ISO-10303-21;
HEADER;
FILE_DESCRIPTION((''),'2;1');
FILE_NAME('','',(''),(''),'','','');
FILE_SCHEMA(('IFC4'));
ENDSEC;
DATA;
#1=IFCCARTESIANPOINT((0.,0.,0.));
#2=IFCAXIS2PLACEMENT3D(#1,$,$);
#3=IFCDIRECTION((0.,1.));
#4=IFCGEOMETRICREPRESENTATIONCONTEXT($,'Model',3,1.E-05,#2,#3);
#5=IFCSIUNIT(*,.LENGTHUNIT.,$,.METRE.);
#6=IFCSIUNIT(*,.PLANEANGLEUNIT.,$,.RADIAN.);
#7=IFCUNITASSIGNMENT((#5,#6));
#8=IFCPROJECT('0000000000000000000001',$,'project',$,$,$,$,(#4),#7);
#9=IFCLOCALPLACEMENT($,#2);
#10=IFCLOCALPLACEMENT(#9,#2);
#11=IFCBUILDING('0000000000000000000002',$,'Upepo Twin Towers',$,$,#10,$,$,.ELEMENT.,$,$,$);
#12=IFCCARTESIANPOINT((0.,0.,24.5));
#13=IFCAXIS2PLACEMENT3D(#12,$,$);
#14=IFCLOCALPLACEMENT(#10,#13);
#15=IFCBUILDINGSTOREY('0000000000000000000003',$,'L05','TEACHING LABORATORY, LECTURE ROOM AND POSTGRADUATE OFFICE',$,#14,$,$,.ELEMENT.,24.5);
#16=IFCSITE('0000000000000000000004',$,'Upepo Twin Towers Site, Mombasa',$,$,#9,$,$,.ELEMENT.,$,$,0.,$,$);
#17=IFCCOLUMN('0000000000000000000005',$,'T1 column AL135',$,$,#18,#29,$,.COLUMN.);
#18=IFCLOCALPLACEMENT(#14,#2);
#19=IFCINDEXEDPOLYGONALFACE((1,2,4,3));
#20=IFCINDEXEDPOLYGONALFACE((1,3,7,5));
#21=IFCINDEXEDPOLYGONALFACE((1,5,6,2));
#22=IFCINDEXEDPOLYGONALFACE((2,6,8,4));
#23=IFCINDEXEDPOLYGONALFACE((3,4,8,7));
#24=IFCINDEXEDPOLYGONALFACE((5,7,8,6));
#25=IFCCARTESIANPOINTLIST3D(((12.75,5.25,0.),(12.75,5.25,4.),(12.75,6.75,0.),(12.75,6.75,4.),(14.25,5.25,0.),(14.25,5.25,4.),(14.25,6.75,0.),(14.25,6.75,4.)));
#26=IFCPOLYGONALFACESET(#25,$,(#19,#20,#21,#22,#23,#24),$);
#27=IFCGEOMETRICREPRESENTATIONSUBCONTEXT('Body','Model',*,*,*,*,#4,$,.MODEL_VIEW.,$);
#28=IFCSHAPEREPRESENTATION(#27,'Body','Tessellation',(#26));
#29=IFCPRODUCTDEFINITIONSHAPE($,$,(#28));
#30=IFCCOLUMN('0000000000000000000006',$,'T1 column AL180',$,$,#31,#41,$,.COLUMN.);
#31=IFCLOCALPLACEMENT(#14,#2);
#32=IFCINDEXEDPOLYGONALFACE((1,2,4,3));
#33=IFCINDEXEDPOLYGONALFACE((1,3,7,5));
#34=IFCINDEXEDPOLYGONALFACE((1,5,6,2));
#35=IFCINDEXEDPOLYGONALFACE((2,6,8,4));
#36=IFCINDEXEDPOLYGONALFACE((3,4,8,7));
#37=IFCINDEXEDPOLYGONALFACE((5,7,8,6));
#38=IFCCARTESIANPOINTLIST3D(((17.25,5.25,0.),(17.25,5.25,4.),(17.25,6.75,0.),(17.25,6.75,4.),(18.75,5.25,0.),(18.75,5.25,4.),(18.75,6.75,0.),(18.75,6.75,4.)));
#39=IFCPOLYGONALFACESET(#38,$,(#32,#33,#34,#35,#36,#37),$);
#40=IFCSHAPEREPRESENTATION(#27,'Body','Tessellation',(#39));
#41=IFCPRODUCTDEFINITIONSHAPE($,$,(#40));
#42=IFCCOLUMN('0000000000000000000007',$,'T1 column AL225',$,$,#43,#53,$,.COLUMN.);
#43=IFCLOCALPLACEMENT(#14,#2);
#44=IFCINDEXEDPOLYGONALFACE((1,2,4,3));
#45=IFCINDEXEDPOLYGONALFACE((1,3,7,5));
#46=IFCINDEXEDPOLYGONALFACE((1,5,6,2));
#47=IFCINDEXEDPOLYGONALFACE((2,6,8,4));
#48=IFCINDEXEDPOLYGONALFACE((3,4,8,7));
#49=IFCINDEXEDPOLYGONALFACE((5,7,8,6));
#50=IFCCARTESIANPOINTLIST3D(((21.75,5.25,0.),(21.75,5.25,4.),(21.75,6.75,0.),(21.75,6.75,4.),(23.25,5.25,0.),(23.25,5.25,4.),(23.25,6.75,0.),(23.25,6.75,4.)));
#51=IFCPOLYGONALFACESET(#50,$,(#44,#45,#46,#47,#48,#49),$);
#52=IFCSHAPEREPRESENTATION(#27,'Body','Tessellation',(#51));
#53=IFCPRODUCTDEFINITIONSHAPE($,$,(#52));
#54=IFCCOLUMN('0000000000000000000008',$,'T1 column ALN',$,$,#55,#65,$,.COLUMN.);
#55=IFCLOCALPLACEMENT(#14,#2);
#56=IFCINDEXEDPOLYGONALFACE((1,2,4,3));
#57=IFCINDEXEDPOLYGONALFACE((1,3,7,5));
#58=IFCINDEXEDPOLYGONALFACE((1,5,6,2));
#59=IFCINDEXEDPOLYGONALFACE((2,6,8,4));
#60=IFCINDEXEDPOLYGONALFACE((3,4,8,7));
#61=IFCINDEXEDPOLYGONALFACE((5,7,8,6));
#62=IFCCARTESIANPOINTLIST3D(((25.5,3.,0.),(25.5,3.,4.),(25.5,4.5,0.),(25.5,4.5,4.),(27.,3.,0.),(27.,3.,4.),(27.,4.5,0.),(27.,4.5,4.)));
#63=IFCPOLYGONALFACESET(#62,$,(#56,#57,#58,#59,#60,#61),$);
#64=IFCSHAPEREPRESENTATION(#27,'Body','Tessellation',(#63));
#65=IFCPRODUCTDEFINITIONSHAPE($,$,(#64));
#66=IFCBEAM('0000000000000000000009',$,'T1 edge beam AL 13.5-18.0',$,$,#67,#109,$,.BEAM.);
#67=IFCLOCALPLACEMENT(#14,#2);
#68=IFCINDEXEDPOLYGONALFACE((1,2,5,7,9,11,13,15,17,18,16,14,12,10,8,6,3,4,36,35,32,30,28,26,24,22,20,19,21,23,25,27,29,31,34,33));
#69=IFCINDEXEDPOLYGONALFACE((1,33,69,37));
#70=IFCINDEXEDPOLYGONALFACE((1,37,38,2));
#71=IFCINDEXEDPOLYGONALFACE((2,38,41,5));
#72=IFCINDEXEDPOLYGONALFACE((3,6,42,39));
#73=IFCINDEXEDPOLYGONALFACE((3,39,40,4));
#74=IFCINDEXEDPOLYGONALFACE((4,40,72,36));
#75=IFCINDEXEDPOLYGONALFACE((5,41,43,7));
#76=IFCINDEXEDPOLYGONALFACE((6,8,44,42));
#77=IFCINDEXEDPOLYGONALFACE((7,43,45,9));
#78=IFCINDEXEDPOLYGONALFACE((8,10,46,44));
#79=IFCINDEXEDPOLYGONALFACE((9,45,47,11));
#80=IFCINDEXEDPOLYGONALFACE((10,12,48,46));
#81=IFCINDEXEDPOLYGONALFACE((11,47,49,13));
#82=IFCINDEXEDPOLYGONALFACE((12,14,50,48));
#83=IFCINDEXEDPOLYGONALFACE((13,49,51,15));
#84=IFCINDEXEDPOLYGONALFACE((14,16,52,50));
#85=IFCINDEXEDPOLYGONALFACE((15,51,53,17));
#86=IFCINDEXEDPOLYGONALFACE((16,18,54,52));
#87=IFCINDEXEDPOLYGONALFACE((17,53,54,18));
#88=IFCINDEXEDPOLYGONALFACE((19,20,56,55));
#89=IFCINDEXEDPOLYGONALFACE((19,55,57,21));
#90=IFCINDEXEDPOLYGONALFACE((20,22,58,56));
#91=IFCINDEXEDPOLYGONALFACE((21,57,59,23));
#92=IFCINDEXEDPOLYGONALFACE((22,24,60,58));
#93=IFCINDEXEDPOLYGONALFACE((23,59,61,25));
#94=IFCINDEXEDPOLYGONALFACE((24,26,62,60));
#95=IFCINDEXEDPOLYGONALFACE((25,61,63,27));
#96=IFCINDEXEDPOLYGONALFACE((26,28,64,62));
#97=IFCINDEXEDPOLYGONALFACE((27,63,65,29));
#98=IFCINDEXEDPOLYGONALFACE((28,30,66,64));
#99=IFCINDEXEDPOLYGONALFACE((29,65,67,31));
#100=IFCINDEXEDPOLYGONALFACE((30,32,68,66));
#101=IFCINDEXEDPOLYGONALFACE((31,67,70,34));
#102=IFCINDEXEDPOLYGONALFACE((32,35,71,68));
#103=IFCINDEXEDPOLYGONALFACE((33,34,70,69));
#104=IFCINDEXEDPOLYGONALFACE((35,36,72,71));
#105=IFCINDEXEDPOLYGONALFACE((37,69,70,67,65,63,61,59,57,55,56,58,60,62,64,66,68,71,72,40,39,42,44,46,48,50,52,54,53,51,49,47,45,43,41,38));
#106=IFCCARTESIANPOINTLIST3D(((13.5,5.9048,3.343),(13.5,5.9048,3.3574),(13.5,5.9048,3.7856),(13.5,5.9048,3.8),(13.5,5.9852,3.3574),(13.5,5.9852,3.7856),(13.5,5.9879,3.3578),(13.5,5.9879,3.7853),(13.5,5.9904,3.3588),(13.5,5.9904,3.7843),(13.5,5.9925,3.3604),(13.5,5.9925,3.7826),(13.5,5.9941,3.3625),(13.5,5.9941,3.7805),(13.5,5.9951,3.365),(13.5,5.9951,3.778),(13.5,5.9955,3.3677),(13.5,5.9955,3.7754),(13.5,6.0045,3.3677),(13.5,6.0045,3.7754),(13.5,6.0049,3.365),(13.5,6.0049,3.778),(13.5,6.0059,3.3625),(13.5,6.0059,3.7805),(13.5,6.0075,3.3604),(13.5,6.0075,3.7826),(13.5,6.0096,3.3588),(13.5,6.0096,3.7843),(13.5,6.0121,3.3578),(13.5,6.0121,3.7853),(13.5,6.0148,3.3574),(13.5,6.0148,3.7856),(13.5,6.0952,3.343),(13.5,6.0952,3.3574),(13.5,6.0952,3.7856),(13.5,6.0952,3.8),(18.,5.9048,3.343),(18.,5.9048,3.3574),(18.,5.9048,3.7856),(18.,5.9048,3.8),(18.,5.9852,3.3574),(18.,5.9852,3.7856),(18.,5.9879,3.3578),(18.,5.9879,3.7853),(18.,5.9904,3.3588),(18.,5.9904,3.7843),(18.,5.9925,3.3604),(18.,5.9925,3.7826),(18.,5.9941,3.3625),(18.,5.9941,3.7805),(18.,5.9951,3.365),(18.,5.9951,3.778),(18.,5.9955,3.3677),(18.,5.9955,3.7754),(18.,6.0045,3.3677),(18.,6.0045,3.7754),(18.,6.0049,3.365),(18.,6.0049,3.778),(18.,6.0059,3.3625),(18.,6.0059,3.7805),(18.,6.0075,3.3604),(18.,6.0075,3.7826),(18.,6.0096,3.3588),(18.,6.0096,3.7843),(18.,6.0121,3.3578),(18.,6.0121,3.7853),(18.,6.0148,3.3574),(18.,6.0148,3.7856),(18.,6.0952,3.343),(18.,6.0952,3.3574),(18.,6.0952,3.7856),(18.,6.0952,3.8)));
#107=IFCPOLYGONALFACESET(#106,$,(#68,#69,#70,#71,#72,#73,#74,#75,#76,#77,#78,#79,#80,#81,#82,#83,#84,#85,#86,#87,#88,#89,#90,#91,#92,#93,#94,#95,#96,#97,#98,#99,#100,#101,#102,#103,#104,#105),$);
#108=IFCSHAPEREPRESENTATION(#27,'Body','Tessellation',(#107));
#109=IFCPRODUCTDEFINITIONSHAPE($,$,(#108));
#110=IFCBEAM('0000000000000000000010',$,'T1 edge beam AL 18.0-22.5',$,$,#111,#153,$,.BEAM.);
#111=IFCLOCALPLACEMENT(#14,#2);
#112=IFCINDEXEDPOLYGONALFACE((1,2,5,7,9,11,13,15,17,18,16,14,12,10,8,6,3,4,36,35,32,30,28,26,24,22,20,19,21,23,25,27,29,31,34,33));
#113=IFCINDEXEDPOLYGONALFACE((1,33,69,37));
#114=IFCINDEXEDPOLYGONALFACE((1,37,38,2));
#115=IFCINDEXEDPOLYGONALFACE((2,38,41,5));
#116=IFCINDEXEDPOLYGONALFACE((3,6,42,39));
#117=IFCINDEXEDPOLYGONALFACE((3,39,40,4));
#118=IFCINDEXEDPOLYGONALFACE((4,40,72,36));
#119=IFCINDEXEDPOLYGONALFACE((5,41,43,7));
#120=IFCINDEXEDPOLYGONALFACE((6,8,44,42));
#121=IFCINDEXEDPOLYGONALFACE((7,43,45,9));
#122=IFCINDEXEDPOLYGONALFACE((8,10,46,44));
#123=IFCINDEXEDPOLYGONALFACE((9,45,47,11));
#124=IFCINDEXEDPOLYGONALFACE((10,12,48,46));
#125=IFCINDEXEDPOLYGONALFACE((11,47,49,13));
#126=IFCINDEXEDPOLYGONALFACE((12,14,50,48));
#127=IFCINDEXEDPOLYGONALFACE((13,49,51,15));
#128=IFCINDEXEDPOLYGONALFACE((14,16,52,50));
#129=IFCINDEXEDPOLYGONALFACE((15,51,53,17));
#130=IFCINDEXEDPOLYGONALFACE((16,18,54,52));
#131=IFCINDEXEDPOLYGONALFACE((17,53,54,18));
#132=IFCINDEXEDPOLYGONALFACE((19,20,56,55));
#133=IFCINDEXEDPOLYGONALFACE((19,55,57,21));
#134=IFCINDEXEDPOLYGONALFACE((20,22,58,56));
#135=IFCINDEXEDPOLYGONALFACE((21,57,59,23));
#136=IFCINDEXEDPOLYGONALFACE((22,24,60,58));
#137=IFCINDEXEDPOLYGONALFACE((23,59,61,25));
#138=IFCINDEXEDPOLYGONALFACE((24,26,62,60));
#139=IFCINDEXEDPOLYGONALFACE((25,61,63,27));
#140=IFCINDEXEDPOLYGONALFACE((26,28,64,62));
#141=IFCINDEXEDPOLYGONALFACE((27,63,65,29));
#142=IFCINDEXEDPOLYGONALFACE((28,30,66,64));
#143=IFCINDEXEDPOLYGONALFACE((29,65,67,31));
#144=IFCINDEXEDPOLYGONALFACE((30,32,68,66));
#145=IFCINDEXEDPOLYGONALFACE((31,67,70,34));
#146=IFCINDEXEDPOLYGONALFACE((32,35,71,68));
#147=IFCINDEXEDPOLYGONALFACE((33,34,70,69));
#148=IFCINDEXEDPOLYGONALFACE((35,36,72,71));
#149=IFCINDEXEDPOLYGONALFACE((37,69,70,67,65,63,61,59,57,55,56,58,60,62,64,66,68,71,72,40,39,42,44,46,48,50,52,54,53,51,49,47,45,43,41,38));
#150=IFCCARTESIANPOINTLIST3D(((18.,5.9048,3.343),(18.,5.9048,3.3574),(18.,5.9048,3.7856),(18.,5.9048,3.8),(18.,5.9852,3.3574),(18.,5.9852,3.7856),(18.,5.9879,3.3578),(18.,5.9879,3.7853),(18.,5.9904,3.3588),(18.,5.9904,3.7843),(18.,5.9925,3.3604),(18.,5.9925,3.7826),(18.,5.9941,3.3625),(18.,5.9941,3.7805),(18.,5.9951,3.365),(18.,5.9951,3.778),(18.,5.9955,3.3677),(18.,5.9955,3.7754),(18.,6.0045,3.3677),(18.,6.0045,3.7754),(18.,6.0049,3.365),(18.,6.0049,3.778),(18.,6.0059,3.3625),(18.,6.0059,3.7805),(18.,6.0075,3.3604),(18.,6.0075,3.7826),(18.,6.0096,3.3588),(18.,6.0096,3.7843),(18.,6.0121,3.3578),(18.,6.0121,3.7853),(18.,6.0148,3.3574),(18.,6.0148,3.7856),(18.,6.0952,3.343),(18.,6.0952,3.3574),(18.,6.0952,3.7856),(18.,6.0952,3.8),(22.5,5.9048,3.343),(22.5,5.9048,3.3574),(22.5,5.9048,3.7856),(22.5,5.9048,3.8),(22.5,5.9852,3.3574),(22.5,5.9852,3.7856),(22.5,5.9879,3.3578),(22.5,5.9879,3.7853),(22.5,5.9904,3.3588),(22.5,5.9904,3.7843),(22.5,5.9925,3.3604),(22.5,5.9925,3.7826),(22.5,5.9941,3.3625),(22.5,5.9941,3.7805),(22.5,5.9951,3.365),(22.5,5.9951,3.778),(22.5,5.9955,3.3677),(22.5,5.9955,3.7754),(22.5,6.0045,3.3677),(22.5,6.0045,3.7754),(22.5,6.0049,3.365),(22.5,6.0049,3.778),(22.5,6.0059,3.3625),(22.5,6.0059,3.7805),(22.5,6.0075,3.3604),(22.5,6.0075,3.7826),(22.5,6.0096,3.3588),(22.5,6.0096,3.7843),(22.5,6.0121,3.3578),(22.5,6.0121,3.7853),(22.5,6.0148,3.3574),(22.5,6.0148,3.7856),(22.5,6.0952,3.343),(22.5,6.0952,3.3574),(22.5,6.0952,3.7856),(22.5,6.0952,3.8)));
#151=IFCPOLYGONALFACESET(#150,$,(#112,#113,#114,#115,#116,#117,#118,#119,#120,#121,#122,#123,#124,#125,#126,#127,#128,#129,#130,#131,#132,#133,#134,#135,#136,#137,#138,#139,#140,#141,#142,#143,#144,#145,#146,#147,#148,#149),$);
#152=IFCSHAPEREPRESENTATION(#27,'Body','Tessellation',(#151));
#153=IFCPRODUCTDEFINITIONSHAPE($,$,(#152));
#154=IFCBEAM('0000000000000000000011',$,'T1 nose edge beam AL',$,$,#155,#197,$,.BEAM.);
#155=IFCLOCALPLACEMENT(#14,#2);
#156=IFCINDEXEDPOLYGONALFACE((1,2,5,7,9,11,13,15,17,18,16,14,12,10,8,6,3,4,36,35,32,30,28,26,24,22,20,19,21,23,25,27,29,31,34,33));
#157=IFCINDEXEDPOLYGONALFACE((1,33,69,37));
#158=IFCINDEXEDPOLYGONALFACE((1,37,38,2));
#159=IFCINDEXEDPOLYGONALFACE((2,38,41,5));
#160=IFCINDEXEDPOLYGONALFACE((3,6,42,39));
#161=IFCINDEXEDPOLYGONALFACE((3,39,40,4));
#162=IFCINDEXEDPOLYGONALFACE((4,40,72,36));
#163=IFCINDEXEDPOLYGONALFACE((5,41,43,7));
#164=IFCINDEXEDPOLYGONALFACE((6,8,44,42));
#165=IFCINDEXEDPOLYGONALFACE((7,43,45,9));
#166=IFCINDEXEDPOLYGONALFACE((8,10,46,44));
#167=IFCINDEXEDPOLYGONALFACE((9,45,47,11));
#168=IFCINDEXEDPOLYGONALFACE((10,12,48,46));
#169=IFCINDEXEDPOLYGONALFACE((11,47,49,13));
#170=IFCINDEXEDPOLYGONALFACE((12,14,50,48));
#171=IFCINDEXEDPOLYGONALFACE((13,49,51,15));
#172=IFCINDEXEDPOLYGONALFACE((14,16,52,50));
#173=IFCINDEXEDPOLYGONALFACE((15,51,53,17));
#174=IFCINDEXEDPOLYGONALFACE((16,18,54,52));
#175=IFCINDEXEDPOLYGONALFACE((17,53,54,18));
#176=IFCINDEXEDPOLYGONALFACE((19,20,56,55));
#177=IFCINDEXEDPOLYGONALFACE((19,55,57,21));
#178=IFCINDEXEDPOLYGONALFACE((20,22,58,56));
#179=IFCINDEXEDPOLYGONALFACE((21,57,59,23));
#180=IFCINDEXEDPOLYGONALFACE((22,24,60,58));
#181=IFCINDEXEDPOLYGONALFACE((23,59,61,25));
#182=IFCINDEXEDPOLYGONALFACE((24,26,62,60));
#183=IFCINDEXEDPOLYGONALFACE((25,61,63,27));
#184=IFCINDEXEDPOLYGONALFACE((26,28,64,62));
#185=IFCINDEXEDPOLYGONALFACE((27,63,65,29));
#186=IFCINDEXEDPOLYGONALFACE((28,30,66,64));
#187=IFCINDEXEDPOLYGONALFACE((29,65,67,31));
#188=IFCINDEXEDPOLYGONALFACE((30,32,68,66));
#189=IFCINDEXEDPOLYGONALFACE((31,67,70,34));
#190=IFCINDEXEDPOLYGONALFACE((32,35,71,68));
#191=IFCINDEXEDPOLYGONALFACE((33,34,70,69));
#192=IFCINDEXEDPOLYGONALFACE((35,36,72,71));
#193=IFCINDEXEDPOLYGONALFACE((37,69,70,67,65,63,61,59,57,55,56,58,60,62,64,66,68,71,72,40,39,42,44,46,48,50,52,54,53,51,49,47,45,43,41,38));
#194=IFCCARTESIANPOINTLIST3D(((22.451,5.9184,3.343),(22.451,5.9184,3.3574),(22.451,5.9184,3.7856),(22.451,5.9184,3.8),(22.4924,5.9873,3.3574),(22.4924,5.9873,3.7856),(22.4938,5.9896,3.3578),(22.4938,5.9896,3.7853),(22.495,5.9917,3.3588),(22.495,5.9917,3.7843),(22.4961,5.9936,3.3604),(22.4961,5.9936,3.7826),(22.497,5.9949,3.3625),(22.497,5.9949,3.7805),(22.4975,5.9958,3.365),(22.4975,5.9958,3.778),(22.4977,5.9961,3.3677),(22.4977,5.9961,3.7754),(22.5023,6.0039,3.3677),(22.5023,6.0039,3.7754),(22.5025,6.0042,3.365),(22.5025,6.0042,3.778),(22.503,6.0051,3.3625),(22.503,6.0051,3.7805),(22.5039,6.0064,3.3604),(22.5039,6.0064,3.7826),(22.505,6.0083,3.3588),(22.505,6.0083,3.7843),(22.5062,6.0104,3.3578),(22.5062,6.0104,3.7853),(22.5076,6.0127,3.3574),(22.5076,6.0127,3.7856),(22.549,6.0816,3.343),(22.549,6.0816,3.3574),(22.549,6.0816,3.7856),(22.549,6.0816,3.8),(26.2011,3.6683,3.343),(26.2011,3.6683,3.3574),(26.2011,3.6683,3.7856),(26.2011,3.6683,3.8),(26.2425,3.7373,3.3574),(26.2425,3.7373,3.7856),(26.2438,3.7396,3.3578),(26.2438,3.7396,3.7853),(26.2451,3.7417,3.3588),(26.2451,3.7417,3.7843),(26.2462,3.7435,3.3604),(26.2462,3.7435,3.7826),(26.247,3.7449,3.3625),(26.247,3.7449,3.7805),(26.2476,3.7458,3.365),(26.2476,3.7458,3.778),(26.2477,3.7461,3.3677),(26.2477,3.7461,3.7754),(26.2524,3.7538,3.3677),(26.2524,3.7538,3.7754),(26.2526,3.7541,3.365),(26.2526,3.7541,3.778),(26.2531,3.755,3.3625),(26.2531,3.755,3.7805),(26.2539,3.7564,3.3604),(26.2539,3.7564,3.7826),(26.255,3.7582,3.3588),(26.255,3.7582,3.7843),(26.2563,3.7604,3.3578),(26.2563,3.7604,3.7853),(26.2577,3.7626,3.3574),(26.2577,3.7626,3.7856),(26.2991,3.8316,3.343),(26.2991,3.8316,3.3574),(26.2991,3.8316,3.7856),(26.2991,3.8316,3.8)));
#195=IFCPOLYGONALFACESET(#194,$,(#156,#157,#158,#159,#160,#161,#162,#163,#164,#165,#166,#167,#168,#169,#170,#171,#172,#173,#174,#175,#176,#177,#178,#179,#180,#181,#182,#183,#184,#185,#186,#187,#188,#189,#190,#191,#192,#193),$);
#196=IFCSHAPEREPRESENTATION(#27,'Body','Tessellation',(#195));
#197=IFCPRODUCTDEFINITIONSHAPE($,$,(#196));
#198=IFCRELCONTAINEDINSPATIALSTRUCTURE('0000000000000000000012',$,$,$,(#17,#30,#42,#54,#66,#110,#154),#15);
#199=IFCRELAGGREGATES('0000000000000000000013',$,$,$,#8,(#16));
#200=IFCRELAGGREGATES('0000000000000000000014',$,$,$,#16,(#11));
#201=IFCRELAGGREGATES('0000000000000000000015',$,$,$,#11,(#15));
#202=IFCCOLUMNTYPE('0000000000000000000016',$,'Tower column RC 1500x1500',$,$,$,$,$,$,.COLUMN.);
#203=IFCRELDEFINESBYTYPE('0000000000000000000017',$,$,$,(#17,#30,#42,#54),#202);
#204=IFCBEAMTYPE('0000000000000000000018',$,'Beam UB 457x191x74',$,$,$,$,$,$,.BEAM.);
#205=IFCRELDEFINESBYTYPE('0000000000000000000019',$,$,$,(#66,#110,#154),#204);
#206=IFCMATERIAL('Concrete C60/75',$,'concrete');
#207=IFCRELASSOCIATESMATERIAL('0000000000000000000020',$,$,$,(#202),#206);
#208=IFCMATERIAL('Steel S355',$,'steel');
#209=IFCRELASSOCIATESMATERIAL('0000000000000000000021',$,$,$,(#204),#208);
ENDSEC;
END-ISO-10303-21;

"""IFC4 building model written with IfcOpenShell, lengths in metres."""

from ifc_helpers import new_model, si_unit, direction, frame, origin, origin_2d, place, context, subcontext, project, spatial, rectangle, i_section, extrude, material, material_profile, profile_set, type_object, element, save


model = new_model("IFC4")

# Units and contexts
model_context = context("Model", 3, precision=1e-05, world=origin(), true_north=direction((0.0, 1.0)))
body_context = subcontext(model_context, "Body", "Model", "MODEL_VIEW")
ifc_project = project(units=[si_unit("LENGTHUNIT", "METRE"), si_unit("PLANEANGLEUNIT", "RADIAN")], contexts=[model_context])

# Site, building, storey
site_placement = place(None, origin())
site = spatial("IfcSite", under=ifc_project, at=site_placement, Name="Upepo Twin Towers Site, Mombasa", CompositionType="ELEMENT", RefElevation=0.0)
building_placement = place(site_placement, origin())
building = spatial("IfcBuilding", under=site, at=building_placement, Name="Upepo Twin Towers", CompositionType="ELEMENT")
storey_placement = place(building_placement, frame((0.0, 0.0, 24.5)))
storey = spatial("IfcBuildingStorey", under=building, at=storey_placement, Name="L05", Description="TEACHING LABORATORY, LECTURE ROOM AND POSTGRADUATE OFFICE", CompositionType="ELEMENT", Elevation=24.5)

# Columns
ifc_material_1 = material(Name="Concrete C60/75", Category="concrete")
ifc_material_profile_1 = material_profile(ifc_material_1, rectangle(XDim=1.5, YDim=1.5, at=origin_2d()), Name="RC 1500x1500")
ifc_profile_set_1 = profile_set([ifc_material_profile_1], Name="Concrete C60/75")
column_type = type_object("IfcColumnType", Name="Tower column RC 1500x1500", PredefinedType="COLUMN", material=ifc_profile_set_1)
for number, where, z_axis, x_axis, name in (
    (1, (13.5, 6.0, 0.0), (0.0, 0.0, 1.0), (1.0, 0.0, 0.0), "T1 column AL135"),
    (2, (18.0, 6.0, 0.0), (0.0, 0.0, 1.0), (1.0, 0.0, 0.0), "T1 column AL180"),
    (3, (22.5, 6.0, 0.0), (0.0, 0.0, 1.0), (1.0, 0.0, 0.0), "T1 column AL225"),
    (4, (26.25, 3.75, 0.0), (0.0, 0.0, 1.0), (1.0, 0.0, 0.0), "T1 column ALN"),
):
    element("IfcColumn", number, at=place(storey_placement, frame(where, z_axis=z_axis, x_axis=x_axis)), inside=storey, type_object=column_type, Name=name, PredefinedType="COLUMN", context=body_context, shape_type="SweptSolid", body=[
        extrude(rectangle(XDim=1.5, YDim=1.5, at=origin_2d()), origin(), (0.0, 0.0, 1.0), 4.0),
    ])

# Beams
ifc_material_2 = material(Name="Steel S355", Category="steel")
ifc_material_profile_2 = material_profile(ifc_material_2, i_section(OverallWidth=0.1904, OverallDepth=0.457, WebThickness=0.009, FlangeThickness=0.0144, FilletRadius=0.0103, at=origin_2d()), Name="UB 457x191x74")
ifc_profile_set_2 = profile_set([ifc_material_profile_2], Name="Steel S355")
beam_type_1 = type_object("IfcBeamType", Name="Beam UB 457x191x74", PredefinedType="BEAM", material=ifc_profile_set_2)
for number, where, z_axis, x_axis, name in (
    (5, (13.5, 6.0, 3.5715), (1.0, 0.0, 0.0), (0.0, 1.0, 0.0), "T1 edge beam AL 13.5-18.0"),
    (6, (18.0, 6.0, 3.5715), (1.0, 0.0, 0.0), (0.0, 1.0, 0.0), "T1 edge beam AL 18.0-22.5"),
):
    element("IfcBeam", number, at=place(storey_placement, frame(where, z_axis=z_axis, x_axis=x_axis)), inside=storey, type_object=beam_type_1, Name=name, PredefinedType="BEAM", context=body_context, shape_type="SweptSolid", body=[
        extrude(i_section(OverallWidth=0.1904, OverallDepth=0.457, WebThickness=0.009, FlangeThickness=0.0144, FilletRadius=0.0103, at=origin_2d()), origin(), (0.0, 0.0, 1.0), 4.5),
    ])
beam_1_placement = place(storey_placement, frame((22.5, 6.0, 3.5715), z_axis=(0.857493, -0.514496, 0.0), x_axis=(0.514496, 0.857493, 0.0)))
element("IfcBeam", 7, at=beam_1_placement, inside=storey, type_object=beam_type_1, Name="T1 nose edge beam AL", PredefinedType="BEAM", context=body_context, shape_type="SweptSolid", body=[
    extrude(i_section(OverallWidth=0.1904, OverallDepth=0.457, WebThickness=0.009, FlangeThickness=0.0144, FilletRadius=0.0103, at=origin_2d()), origin(), (0.0, 0.0, 1.0), 4.3733),
])

save(model, "model.ifc")
